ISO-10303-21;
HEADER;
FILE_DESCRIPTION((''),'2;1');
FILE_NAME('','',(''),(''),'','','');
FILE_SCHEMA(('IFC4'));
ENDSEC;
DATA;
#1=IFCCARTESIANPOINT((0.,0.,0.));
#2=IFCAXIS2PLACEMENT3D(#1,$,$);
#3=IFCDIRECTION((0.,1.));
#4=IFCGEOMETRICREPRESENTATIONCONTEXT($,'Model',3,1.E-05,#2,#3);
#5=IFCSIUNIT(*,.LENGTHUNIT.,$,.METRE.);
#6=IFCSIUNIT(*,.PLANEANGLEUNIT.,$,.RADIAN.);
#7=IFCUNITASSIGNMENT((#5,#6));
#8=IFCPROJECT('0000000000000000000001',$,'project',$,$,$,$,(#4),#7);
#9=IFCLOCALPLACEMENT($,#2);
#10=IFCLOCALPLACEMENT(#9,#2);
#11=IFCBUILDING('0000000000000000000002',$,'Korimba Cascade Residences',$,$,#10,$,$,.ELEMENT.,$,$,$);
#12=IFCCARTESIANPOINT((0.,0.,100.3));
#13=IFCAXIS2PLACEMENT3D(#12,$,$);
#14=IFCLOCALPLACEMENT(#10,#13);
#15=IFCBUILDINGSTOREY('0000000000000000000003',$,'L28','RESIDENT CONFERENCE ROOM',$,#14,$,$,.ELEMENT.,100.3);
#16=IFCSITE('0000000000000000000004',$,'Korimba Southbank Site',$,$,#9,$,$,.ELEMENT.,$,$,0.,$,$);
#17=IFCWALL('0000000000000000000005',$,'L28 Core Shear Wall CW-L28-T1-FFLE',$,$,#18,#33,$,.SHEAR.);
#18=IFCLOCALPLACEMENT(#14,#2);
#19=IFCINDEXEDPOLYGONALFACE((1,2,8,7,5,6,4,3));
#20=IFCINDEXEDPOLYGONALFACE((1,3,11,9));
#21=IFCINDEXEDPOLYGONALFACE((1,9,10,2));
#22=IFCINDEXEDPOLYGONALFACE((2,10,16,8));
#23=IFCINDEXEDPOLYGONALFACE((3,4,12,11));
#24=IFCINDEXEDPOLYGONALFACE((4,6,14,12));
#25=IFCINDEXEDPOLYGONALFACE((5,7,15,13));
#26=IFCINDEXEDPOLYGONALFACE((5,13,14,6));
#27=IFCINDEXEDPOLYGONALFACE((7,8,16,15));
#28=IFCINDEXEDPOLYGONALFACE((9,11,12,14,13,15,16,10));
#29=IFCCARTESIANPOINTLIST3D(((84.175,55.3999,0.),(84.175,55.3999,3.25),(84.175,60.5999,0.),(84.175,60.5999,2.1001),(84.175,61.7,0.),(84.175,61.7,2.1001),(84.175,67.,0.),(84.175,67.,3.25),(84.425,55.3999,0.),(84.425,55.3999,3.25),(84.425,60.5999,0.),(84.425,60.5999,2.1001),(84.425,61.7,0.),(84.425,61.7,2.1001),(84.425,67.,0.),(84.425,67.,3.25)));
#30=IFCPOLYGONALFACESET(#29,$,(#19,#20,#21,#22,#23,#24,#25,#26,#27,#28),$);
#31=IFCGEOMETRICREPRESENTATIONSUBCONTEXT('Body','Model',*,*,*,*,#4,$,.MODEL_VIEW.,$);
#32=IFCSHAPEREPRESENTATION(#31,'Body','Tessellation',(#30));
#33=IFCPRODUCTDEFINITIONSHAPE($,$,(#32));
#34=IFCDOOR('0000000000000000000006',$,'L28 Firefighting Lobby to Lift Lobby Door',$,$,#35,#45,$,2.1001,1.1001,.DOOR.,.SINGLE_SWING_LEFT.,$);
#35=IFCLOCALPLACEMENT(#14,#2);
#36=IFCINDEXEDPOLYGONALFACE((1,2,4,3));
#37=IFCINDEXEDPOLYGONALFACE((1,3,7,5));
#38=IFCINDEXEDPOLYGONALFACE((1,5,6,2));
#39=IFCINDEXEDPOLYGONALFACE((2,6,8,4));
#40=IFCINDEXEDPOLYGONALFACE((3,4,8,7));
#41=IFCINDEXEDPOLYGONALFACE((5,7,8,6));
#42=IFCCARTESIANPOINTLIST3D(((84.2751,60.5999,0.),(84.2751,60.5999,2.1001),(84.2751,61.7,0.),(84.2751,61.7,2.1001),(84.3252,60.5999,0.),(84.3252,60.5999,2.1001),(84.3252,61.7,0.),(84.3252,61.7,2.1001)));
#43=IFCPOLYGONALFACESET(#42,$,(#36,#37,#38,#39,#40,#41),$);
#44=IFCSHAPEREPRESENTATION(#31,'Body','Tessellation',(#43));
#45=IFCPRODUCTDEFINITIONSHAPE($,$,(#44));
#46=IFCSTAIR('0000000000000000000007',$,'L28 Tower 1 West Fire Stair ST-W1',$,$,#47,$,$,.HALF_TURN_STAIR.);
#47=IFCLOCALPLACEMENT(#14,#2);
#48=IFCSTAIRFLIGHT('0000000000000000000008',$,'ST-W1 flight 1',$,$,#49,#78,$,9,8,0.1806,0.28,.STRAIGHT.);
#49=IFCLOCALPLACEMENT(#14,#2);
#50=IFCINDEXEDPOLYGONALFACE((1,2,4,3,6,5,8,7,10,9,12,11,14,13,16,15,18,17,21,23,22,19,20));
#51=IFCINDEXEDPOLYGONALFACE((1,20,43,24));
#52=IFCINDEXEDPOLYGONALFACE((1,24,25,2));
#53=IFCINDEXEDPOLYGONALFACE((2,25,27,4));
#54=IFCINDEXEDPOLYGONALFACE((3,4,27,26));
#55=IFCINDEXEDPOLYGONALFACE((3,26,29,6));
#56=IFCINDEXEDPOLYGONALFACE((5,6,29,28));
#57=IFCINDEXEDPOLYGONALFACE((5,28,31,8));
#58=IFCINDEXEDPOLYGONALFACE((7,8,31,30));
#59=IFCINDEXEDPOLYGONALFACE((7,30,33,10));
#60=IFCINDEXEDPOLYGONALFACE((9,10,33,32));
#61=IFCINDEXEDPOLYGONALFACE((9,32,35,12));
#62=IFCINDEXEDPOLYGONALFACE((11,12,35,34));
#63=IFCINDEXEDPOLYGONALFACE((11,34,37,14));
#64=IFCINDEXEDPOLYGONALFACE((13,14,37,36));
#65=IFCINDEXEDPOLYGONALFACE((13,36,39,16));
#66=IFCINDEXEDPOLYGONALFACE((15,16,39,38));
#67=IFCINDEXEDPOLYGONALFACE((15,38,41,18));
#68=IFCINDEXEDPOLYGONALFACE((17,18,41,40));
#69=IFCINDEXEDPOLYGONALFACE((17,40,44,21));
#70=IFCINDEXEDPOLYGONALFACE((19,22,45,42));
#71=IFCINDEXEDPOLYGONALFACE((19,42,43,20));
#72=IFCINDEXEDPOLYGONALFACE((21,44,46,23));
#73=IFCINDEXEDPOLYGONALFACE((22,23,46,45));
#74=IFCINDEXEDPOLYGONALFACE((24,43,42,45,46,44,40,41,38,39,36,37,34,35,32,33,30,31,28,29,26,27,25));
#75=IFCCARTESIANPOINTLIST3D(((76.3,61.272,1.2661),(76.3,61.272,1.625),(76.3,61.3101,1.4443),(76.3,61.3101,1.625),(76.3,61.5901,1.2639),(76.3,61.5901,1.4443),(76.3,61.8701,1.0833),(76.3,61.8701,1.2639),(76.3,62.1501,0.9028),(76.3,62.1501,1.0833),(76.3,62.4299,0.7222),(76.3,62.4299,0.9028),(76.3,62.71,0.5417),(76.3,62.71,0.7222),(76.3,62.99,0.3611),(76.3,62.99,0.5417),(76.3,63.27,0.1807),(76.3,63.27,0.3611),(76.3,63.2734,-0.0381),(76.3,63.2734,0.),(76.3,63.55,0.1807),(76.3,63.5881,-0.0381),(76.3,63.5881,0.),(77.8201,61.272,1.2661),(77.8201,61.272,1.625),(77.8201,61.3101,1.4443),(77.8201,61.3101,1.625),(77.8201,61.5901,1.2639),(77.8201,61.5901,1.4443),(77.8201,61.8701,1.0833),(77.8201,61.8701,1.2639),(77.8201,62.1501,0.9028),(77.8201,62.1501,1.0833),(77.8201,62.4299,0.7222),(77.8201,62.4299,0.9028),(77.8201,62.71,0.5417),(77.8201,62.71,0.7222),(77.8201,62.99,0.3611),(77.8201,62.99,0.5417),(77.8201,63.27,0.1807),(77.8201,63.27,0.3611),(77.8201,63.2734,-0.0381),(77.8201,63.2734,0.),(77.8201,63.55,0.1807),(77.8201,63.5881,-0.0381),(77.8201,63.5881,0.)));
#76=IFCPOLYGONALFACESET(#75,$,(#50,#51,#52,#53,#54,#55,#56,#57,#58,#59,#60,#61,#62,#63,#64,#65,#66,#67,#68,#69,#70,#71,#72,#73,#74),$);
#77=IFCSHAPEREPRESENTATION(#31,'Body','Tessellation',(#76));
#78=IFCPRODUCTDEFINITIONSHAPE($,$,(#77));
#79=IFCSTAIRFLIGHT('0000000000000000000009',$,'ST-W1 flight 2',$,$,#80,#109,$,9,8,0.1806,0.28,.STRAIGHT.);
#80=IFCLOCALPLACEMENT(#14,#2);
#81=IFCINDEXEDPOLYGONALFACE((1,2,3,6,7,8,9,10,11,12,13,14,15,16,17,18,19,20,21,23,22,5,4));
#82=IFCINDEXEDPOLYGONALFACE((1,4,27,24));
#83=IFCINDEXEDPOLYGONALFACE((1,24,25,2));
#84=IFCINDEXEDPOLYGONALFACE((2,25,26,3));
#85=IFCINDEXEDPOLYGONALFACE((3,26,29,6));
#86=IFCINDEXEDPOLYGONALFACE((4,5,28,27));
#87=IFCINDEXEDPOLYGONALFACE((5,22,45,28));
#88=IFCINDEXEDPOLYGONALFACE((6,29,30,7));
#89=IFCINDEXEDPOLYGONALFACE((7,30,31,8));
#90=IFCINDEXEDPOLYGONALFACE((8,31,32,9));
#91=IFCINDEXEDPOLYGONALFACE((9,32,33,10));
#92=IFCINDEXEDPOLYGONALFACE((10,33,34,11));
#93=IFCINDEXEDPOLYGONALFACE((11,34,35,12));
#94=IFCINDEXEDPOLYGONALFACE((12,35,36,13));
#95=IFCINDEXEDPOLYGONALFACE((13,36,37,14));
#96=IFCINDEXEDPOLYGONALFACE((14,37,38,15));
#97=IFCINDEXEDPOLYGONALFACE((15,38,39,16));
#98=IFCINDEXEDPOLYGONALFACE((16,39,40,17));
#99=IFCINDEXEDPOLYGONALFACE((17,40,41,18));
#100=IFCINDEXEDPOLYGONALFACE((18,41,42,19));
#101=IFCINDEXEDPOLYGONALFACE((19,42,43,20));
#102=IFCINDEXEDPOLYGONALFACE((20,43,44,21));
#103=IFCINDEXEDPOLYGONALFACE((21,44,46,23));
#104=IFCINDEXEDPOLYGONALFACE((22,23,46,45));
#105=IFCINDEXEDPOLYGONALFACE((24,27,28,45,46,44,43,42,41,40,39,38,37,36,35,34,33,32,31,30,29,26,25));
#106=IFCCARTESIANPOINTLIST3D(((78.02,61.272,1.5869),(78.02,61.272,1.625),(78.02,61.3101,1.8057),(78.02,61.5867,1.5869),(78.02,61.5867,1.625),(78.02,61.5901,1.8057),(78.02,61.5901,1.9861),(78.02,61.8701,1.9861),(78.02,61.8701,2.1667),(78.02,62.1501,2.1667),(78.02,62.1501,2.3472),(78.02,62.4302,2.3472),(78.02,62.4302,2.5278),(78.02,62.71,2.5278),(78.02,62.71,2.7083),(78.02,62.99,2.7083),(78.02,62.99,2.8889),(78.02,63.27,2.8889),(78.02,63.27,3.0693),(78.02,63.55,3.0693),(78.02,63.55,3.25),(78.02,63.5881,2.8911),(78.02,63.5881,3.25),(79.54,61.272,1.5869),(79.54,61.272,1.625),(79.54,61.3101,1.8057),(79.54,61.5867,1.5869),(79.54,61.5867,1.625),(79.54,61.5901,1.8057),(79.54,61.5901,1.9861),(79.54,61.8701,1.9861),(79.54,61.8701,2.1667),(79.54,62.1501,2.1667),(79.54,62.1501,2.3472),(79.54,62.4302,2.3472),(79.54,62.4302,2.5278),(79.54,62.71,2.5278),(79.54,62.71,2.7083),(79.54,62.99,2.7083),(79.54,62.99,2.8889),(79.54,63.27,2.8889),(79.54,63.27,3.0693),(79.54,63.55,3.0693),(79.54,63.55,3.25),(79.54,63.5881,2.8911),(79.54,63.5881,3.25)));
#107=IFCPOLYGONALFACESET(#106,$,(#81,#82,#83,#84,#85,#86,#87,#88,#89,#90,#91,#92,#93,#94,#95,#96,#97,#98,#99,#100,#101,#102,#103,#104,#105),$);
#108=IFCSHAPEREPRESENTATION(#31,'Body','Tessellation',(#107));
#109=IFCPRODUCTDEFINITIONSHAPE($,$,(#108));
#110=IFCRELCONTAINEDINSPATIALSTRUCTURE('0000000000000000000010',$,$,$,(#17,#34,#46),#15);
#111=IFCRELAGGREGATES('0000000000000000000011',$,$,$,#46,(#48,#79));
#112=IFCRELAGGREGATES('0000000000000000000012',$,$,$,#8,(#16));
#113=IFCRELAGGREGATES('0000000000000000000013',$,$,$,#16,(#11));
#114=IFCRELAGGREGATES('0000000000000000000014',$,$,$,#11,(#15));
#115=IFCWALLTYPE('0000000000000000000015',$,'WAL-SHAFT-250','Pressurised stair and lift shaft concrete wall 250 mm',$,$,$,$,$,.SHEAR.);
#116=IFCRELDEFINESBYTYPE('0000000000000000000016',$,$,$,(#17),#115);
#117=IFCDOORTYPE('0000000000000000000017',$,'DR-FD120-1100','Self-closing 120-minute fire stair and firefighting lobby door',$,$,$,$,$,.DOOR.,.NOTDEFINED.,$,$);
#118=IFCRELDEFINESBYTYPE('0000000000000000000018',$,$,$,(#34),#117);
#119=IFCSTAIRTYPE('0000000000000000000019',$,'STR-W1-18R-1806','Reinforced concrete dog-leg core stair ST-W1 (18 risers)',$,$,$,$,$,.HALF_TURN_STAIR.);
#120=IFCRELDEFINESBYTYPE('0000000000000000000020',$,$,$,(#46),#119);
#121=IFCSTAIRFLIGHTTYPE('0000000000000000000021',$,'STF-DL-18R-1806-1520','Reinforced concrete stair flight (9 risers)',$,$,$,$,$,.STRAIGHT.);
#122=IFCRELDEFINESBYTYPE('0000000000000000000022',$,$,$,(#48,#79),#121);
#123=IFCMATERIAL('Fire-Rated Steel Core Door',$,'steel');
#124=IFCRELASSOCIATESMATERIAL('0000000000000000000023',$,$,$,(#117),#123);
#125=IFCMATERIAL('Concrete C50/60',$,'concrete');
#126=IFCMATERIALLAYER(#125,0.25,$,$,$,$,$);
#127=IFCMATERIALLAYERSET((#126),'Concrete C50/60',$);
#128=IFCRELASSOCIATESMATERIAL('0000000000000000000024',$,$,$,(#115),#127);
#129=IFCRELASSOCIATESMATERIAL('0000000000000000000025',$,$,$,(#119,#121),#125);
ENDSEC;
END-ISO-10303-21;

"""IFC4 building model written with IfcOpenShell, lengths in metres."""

from ifc_helpers import new_model, si_unit, direction, frame, frame_2d, origin, place, context, subcontext, project, spatial, polyline, rectangle, outline, extrude, material, layer, layer_set, type_object, element, fill, aggregate, save


model = new_model("IFC4")

# Units and contexts
model_context = context("Model", 3, precision=1e-05, world=origin(), true_north=direction((0.0, 1.0)))
body_context = subcontext(model_context, "Body", "Model", "MODEL_VIEW")
ifc_project = project(units=[si_unit("LENGTHUNIT", "METRE"), si_unit("PLANEANGLEUNIT", "RADIAN")], contexts=[model_context])

# Site, building, storey
site_placement = place(None, origin())
site = spatial("IfcSite", under=ifc_project, at=site_placement, Name="Korimba Southbank Site", CompositionType="ELEMENT", RefElevation=0.0)
building_placement = place(site_placement, origin())
building = spatial("IfcBuilding", under=site, at=building_placement, Name="Korimba Cascade Residences", CompositionType="ELEMENT")
storey_placement = place(building_placement, frame((0.0, 0.0, 100.3)))
storey = spatial("IfcBuildingStorey", under=building, at=storey_placement, Name="L28", Description="RESIDENT CONFERENCE ROOM", CompositionType="ELEMENT", Elevation=100.3)

# Shared definitions
ifc_material_1 = material(Name="Fire-Rated Steel Core Door", Category="steel")
door_type_1 = type_object("IfcDoorType", Name="DR-FD120-1100", Description="Self-closing 120-minute fire stair and firefighting lobby door", OperationType="NOTDEFINED", PredefinedType="DOOR", material=ifc_material_1)

# Shared definitions
ifc_material_2 = material(Name="Concrete C50/60", Category="concrete")
ifc_layer_1 = layer(ifc_material_2, 0.25)
ifc_layer_set_1 = layer_set([ifc_layer_1], Name="Concrete C50/60")
wall_type_1 = type_object("IfcWallType", Name="WAL-SHAFT-250", Description="Pressurised stair and lift shaft concrete wall 250 mm", PredefinedType="SHEAR", material=ifc_layer_set_1)

# Wall, opening, door
wall_1_placement = place(storey_placement, frame((84.3, 55.3999, 0.0), z_axis=(0.0, 0.0, 1.0), x_axis=(0.0, 1.0, 0.0)))
wall_1 = element("IfcWall", 1, at=wall_1_placement, inside=storey, type_object=wall_type_1, Name="L28 Core Shear Wall CW-L28-T1-FFLE", PredefinedType="SHEAR", context=body_context, shape_type="SweptSolid", body=[
    extrude(rectangle(XDim=11.6001, YDim=0.25, at=frame_2d((5.8, 0.0))), origin(), (0.0, 0.0, 1.0), 3.25),
])
opening_1_placement = place(wall_1_placement, frame((5.2, 0.0, 0.0)))
opening_1 = element("IfcOpeningElement", 2, at=opening_1_placement, cuts=wall_1, PredefinedType="OPENING", context=body_context, shape_type="SweptSolid", body=[
    extrude(rectangle(XDim=1.1001, YDim=2.1001, at=frame_2d((0.55, 1.05))), frame((0.0, 0.135, 0.0), z_axis=(0.0, -1.0, 0.0), x_axis=(1.0, 0.0, 0.0)), (0.0, 0.0, 1.0), 0.27),
])
door_1_placement = place(opening_1_placement, origin())
door_1 = element("IfcDoor", 3, at=door_1_placement, inside=storey, type_object=door_type_1, Name="L28 Firefighting Lobby to Lift Lobby Door", OperationType="SINGLE_SWING_LEFT", OverallHeight=2.1001, OverallWidth=1.1001, PredefinedType="DOOR", context=body_context, shape_type="SweptSolid", body=[
    extrude(rectangle(XDim=1.1001, YDim=2.1001, at=frame_2d((0.55, 1.05))), frame((0.0, 0.0249, 0.0), z_axis=(0.0, -1.0, 0.0), x_axis=(1.0, 0.0, 0.0)), (0.0, 0.0, 1.0), 0.05),
])
fill(opening_1, door_1)

# Stair, stair flights
stair_type = type_object("IfcStairType", Name="STR-W1-18R-1806", Description="Reinforced concrete dog-leg core stair ST-W1 (18 risers)", PredefinedType="HALF_TURN_STAIR", material=ifc_material_2)
stair_placement = place(storey_placement, origin())
stair = element("IfcStair", 4, at=stair_placement, inside=storey, type_object=stair_type, Name="L28 Tower 1 West Fire Stair ST-W1", PredefinedType="HALF_TURN_STAIR")
stair_flight_type = type_object("IfcStairFlightType", Name="STF-DL-18R-1806-1520", Description="Reinforced concrete stair flight (9 risers)", PredefinedType="STRAIGHT", material=ifc_material_2)
stair_flight_1_placement = place(storey_placement, frame((77.0601, 63.55, 0.0), z_axis=(0.0, 0.0, 1.0), x_axis=(0.0, -1.0, 0.0)))
stair_flight_1 = element("IfcStairFlight", 5, at=stair_flight_1_placement, type_object=stair_flight_type, Name="ST-W1 flight 1", NumberOfRisers=9, NumberOfTreads=8, PredefinedType="STRAIGHT", RiserHeight=0.1806, TreadLength=0.28, context=body_context, shape_type="SweptSolid", body=[
    extrude(outline(polyline([(-0.0381, 0.0), (0.0, 0.1807), (0.28, 0.1807), (0.28, 0.3611), (0.5601, 0.3611), (0.5601, 0.5417), (0.8401, 0.5417), (0.8401, 0.7222), (1.1201, 0.7222), (1.1201, 0.9028), (1.3999, 0.9028), (1.3999, 1.0833), (1.6799, 1.0833), (1.6799, 1.2639), (1.96, 1.2639), (1.96, 1.4443), (2.24, 1.4443), (2.24, 1.625), (2.2781, 1.625), (2.2781, 1.2661), (0.2766, 0.0), (0.2766, -0.0381), (-0.0381, -0.0381), (-0.0381, 0.0)])), frame((0.0, 0.76, 0.0), z_axis=(0.0, -1.0, 0.0), x_axis=(1.0, 0.0, 0.0)), (0.0, 0.0, 1.0), 1.52),
])
stair_flight_2_placement = place(storey_placement, frame((78.78, 61.3101, 1.625), z_axis=(0.0, 0.0, 1.0), x_axis=(0.0, 1.0, 0.0)))
stair_flight_2 = element("IfcStairFlight", 6, at=stair_flight_2_placement, type_object=stair_flight_type, Name="ST-W1 flight 2", NumberOfRisers=9, NumberOfTreads=8, PredefinedType="STRAIGHT", RiserHeight=0.1806, TreadLength=0.28, context=body_context, shape_type="SweptSolid", body=[
    extrude(outline(polyline([(-0.0381, 0.0), (0.0, 0.1807), (0.28, 0.1807), (0.28, 0.3611), (0.5601, 0.3611), (0.5601, 0.5417), (0.8401, 0.5417), (0.8401, 0.7222), (1.1201, 0.7222), (1.1201, 0.9028), (1.3999, 0.9028), (1.3999, 1.0833), (1.6799, 1.0833), (1.6799, 1.2639), (1.96, 1.2639), (1.96, 1.4443), (2.24, 1.4443), (2.24, 1.625), (2.2781, 1.625), (2.2781, 1.2661), (0.2766, 0.0), (0.2766, -0.0381), (-0.0381, -0.0381), (-0.0381, 0.0)])), frame((0.0, 0.76, 0.0), z_axis=(0.0, -1.0, 0.0), x_axis=(1.0, 0.0, 0.0)), (0.0, 0.0, 1.0), 1.52),
])
aggregate(stair, [stair_flight_1, stair_flight_2])

save(model, "model.ifc")
